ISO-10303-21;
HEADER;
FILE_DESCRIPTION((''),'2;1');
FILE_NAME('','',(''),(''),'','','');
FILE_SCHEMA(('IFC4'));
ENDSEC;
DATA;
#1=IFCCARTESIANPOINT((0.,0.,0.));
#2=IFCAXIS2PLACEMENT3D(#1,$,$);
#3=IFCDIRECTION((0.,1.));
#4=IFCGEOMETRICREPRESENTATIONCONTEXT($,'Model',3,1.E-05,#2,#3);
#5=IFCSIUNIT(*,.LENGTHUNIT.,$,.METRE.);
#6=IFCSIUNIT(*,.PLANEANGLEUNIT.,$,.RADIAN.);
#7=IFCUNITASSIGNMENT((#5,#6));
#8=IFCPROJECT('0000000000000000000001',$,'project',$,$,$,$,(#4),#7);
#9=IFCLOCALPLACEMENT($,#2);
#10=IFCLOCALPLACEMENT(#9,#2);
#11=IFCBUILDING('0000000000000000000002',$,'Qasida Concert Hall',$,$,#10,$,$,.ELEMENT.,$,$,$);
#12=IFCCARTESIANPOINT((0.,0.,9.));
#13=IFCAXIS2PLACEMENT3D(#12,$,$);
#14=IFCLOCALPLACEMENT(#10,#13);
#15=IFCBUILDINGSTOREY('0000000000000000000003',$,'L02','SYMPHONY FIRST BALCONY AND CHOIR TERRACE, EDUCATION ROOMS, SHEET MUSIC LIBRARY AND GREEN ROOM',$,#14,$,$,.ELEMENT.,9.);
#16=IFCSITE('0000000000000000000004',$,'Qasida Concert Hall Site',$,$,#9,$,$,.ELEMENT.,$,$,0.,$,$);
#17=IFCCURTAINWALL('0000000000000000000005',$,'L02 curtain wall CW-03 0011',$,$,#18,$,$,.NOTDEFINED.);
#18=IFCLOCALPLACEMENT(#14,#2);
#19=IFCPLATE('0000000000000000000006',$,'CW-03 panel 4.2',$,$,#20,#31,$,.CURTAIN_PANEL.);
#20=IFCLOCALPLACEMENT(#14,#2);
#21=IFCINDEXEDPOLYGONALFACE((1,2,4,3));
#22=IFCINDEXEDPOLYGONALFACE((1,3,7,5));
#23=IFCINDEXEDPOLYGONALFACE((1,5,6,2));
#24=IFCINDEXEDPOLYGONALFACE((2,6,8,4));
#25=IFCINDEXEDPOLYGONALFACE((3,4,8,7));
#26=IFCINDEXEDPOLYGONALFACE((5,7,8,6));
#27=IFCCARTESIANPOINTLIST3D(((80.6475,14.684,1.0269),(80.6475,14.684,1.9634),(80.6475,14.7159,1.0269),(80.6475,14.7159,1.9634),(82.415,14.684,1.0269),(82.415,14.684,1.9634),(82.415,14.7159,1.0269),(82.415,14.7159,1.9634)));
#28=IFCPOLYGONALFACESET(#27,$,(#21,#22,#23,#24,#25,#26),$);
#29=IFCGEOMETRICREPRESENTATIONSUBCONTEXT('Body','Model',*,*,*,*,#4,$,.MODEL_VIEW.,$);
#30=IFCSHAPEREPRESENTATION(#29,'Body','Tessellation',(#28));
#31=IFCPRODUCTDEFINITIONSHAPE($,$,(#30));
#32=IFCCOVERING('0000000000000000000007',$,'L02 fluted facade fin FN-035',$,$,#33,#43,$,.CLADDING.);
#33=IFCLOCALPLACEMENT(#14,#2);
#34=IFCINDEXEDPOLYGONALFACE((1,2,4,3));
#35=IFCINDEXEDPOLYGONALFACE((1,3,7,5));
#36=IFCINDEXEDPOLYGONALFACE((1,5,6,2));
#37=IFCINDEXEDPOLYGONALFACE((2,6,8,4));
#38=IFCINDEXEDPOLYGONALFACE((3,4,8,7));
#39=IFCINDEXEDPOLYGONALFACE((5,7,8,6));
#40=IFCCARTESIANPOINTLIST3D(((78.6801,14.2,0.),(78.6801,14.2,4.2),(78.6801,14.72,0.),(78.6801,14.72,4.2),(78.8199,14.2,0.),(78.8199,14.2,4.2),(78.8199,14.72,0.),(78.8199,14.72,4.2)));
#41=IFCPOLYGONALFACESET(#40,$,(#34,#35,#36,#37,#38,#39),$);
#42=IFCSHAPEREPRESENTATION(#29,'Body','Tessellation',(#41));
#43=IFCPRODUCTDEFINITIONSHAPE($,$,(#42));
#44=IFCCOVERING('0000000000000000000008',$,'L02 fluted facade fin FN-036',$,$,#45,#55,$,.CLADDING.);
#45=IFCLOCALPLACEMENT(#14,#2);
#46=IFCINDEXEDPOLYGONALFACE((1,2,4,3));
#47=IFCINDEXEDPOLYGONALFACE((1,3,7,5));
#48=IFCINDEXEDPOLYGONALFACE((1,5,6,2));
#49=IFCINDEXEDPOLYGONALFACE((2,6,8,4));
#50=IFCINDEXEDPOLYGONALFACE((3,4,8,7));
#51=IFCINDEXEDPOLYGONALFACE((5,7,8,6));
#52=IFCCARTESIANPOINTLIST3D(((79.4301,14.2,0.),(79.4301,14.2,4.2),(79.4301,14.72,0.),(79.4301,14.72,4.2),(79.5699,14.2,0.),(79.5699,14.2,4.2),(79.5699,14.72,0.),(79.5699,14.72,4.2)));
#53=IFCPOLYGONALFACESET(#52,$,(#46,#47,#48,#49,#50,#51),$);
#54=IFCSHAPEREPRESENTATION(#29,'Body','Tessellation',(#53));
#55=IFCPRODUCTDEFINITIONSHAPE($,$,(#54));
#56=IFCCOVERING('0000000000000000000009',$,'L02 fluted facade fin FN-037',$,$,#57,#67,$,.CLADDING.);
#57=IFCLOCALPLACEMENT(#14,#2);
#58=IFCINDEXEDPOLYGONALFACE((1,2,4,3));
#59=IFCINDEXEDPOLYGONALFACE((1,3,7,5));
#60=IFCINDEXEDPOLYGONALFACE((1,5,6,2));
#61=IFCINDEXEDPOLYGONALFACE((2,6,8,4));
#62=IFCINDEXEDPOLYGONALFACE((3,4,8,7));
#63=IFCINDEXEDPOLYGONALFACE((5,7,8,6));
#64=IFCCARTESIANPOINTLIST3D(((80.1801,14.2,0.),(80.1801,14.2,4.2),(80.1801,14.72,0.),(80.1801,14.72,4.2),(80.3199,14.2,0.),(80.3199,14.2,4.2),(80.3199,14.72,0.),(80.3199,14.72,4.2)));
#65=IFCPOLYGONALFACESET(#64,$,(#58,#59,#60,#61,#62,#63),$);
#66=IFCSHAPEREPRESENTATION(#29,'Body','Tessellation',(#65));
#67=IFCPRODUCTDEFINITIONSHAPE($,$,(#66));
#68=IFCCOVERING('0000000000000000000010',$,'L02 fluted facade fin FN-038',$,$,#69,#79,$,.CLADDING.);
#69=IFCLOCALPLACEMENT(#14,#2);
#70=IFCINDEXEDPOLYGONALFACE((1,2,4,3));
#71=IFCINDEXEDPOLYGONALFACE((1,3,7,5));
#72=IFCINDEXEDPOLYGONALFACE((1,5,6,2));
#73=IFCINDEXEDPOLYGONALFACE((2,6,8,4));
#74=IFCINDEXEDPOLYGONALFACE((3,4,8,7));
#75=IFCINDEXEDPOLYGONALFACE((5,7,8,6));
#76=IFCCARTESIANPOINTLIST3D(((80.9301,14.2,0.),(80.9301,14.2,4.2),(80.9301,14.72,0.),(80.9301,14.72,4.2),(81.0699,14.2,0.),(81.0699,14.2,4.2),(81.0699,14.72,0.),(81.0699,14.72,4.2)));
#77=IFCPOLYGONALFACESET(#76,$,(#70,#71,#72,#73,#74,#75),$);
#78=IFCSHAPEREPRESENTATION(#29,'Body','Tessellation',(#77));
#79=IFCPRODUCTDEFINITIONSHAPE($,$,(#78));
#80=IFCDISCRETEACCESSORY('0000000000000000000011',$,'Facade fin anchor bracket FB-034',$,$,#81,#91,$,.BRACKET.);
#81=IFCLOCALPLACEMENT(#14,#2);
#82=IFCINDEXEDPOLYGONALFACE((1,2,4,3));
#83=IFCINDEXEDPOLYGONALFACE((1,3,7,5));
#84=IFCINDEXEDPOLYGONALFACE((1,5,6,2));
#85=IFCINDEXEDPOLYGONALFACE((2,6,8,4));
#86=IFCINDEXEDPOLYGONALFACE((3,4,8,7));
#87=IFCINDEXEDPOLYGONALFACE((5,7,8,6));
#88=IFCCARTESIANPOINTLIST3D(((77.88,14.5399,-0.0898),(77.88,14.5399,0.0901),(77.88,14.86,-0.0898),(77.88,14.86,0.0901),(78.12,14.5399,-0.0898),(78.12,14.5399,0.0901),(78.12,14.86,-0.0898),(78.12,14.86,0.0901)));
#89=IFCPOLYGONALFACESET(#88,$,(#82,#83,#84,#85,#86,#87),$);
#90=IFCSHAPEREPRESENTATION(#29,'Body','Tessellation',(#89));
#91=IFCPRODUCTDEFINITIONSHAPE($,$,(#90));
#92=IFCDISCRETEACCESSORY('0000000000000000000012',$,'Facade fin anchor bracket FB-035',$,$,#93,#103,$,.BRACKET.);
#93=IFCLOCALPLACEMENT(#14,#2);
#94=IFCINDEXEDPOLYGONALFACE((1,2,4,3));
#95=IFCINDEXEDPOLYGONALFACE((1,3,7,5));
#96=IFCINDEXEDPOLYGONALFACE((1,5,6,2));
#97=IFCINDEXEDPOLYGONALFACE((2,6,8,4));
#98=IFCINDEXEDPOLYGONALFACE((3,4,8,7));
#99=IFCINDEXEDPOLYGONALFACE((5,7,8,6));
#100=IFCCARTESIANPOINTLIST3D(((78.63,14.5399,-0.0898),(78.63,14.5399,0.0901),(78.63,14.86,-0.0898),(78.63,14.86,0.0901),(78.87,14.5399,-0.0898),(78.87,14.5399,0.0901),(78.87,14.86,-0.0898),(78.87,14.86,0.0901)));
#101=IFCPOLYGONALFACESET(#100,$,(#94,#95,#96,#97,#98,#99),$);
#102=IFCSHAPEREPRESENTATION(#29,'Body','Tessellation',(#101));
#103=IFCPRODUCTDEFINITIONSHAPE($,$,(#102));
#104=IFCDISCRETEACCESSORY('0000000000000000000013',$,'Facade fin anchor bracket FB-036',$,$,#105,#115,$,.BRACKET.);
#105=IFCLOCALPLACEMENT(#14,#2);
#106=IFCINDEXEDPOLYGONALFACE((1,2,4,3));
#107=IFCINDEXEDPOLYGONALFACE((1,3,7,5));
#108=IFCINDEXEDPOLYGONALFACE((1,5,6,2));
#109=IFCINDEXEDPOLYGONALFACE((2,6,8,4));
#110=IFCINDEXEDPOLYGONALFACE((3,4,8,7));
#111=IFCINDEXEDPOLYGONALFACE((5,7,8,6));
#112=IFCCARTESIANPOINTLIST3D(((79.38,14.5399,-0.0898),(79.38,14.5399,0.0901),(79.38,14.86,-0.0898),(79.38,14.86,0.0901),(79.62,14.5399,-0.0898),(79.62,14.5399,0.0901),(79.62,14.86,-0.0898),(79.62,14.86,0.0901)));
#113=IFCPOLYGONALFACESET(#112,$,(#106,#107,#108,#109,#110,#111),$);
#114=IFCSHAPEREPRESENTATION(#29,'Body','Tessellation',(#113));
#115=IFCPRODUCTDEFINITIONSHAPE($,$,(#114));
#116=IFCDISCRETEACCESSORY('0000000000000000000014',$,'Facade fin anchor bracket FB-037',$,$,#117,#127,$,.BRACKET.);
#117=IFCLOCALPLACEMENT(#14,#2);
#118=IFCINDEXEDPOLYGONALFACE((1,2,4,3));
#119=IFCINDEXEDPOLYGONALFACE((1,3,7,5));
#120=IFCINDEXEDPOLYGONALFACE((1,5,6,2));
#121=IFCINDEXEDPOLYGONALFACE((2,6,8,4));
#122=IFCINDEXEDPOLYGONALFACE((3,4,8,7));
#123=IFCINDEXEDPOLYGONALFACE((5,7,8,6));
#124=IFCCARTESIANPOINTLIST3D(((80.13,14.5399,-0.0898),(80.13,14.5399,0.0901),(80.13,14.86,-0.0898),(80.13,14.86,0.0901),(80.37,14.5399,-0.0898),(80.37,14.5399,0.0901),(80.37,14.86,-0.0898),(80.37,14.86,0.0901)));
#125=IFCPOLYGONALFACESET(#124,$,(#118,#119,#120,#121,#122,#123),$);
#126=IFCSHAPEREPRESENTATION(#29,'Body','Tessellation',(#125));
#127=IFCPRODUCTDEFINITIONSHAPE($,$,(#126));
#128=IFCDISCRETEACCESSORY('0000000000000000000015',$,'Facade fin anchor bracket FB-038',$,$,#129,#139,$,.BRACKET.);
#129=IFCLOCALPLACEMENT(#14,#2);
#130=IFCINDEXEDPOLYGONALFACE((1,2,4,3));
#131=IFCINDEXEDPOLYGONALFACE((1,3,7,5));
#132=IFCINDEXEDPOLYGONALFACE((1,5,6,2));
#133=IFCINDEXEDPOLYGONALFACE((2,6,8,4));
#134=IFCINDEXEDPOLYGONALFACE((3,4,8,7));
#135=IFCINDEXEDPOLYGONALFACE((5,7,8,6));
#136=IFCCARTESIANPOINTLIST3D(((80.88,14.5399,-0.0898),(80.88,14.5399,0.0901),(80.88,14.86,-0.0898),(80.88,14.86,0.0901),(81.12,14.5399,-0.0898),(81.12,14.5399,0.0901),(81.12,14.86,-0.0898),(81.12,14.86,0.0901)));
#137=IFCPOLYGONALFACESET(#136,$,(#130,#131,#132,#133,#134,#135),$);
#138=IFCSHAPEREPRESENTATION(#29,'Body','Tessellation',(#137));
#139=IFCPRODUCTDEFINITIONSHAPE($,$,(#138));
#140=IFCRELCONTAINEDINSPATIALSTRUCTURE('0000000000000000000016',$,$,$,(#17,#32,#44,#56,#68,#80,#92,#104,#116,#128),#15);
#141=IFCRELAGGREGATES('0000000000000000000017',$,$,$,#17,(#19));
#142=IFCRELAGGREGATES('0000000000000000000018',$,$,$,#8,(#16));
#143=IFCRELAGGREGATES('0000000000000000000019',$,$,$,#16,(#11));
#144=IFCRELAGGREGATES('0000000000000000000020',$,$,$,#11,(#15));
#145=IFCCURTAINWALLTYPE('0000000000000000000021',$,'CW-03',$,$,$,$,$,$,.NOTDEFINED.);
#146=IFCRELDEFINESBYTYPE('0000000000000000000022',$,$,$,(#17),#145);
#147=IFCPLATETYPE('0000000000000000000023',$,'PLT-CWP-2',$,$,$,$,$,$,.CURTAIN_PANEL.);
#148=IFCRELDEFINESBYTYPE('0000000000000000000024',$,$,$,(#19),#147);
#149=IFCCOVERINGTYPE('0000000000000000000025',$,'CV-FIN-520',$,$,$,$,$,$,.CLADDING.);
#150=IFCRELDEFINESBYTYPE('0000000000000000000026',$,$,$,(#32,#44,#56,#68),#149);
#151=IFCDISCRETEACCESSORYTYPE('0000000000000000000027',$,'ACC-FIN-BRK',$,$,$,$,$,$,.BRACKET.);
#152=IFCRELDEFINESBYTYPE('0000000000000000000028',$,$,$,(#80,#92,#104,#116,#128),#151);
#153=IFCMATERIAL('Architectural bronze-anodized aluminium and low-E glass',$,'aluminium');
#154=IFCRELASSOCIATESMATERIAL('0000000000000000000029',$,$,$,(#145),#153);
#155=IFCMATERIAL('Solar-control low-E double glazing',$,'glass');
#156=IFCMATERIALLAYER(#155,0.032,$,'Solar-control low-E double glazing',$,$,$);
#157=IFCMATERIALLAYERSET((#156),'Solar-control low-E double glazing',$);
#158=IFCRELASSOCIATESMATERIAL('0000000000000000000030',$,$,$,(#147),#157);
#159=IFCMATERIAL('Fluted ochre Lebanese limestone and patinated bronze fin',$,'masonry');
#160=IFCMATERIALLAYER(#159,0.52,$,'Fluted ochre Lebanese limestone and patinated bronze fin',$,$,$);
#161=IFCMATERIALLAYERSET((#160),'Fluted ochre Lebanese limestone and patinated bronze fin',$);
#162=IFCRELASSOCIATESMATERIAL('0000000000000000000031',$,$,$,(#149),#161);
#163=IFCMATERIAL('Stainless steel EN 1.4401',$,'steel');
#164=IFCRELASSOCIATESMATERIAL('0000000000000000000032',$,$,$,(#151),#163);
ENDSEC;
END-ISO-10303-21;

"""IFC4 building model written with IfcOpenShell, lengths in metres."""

from ifc_helpers import new_model, si_unit, direction, frame, origin, origin_2d, place, context, subcontext, project, spatial, rectangle, extrude, material, layer, layer_set, type_object, element, aggregate, save


model = new_model("IFC4")

# Units and contexts
model_context = context("Model", 3, precision=1e-05, world=origin(), true_north=direction((0.0, 1.0)))
body_context = subcontext(model_context, "Body", "Model", "MODEL_VIEW")
ifc_project = project(units=[si_unit("LENGTHUNIT", "METRE"), si_unit("PLANEANGLEUNIT", "RADIAN")], contexts=[model_context])

# Site, building, storey
site_placement = place(None, origin())
site = spatial("IfcSite", under=ifc_project, at=site_placement, Name="Qasida Concert Hall Site", CompositionType="ELEMENT", RefElevation=0.0)
building_placement = place(site_placement, origin())
building = spatial("IfcBuilding", under=site, at=building_placement, Name="Qasida Concert Hall", CompositionType="ELEMENT")
storey_placement = place(building_placement, frame((0.0, 0.0, 9.0)))
storey = spatial("IfcBuildingStorey", under=building, at=storey_placement, Name="L02", Description="SYMPHONY FIRST BALCONY AND CHOIR TERRACE, EDUCATION ROOMS, SHEET MUSIC LIBRARY AND GREEN ROOM", CompositionType="ELEMENT", Elevation=9.0)

# Curtain wall, plate
ifc_material_1 = material(Name="Architectural bronze-anodized aluminium and low-E glass", Category="aluminium")
curtain_wall_type = type_object("IfcCurtainWallType", Name="CW-03", PredefinedType="NOTDEFINED", material=ifc_material_1)
curtain_wall_placement = place(storey_placement, origin())
curtain_wall = element("IfcCurtainWall", 1, at=curtain_wall_placement, inside=storey, type_object=curtain_wall_type, Name="L02 curtain wall CW-03 0011", PredefinedType="NOTDEFINED")
ifc_material_2 = material(Name="Solar-control low-E double glazing", Category="glass")
ifc_layer_1 = layer(ifc_material_2, 0.032, Name="Solar-control low-E double glazing")
ifc_layer_set_1 = layer_set([ifc_layer_1], Name="Solar-control low-E double glazing")
plate_type = type_object("IfcPlateType", Name="PLT-CWP-2", PredefinedType="CURTAIN_PANEL", material=ifc_layer_set_1)
plate_1_placement = place(storey_placement, frame((81.5312, 14.7, 1.0269), z_axis=(0.0, 0.0, 1.0), x_axis=(1.0, 0.0, 0.0)))
plate_1 = element("IfcPlate", 2, at=plate_1_placement, type_object=plate_type, Name="CW-03 panel 4.2", PredefinedType="CURTAIN_PANEL", context=body_context, shape_type="SweptSolid", body=[
    extrude(rectangle(XDim=1.7676, YDim=0.032, at=origin_2d()), origin(), (0.0, 0.0, 1.0), 0.9365),
])
aggregate(curtain_wall, [plate_1])

# Coverings
ifc_material_3 = material(Name="Fluted ochre Lebanese limestone and patinated bronze fin", Category="masonry")
ifc_layer_2 = layer(ifc_material_3, 0.52, Name="Fluted ochre Lebanese limestone and patinated bronze fin")
ifc_layer_set_2 = layer_set([ifc_layer_2], Name="Fluted ochre Lebanese limestone and patinated bronze fin")
covering_type = type_object("IfcCoveringType", Name="CV-FIN-520", PredefinedType="CLADDING", material=ifc_layer_set_2)
for number, where, z_axis, x_axis, name in (
    (3, (78.75, 14.46, 0.0), (0.0, 0.0, 1.0), (1.0, 0.0, 0.0), "L02 fluted facade fin FN-035"),
    (4, (79.5, 14.46, 0.0), (0.0, 0.0, 1.0), (1.0, 0.0, 0.0), "L02 fluted facade fin FN-036"),
    (5, (80.25, 14.46, 0.0), (0.0, 0.0, 1.0), (1.0, 0.0, 0.0), "L02 fluted facade fin FN-037"),
    (6, (81.0, 14.46, 0.0), (0.0, 0.0, 1.0), (1.0, 0.0, 0.0), "L02 fluted facade fin FN-038"),
):
    element("IfcCovering", number, at=place(storey_placement, frame(where, z_axis=z_axis, x_axis=x_axis)), inside=storey, type_object=covering_type, Name=name, PredefinedType="CLADDING", context=body_context, shape_type="SweptSolid", body=[
        extrude(rectangle(XDim=0.1399, YDim=0.52, at=origin_2d()), origin(), (0.0, 0.0, 1.0), 4.2),
    ])

# Discrete accessories
ifc_material_4 = material(Name="Stainless steel EN 1.4401", Category="steel")
discrete_accessory_type = type_object("IfcDiscreteAccessoryType", Name="ACC-FIN-BRK", PredefinedType="BRACKET", material=ifc_material_4)
for number, where, z_axis, x_axis, name in (
    (7, (78.0, 14.7, -0.0898), (0.0, 0.0, 1.0), (1.0, 0.0, 0.0), "Facade fin anchor bracket FB-034"),
    (8, (78.75, 14.7, -0.0898), (0.0, 0.0, 1.0), (1.0, 0.0, 0.0), "Facade fin anchor bracket FB-035"),
    (9, (79.5, 14.7, -0.0898), (0.0, 0.0, 1.0), (1.0, 0.0, 0.0), "Facade fin anchor bracket FB-036"),
    (10, (80.25, 14.7, -0.0898), (0.0, 0.0, 1.0), (1.0, 0.0, 0.0), "Facade fin anchor bracket FB-037"),
    (11, (81.0, 14.7, -0.0898), (0.0, 0.0, 1.0), (1.0, 0.0, 0.0), "Facade fin anchor bracket FB-038"),
):
    element("IfcDiscreteAccessory", number, at=place(storey_placement, frame(where, z_axis=z_axis, x_axis=x_axis)), inside=storey, type_object=discrete_accessory_type, Name=name, PredefinedType="BRACKET", context=body_context, shape_type="SweptSolid", body=[
        extrude(rectangle(XDim=0.24, YDim=0.3201, at=origin_2d()), origin(), (0.0, 0.0, 1.0), 0.1799),
    ])

save(model, "model.ifc")
